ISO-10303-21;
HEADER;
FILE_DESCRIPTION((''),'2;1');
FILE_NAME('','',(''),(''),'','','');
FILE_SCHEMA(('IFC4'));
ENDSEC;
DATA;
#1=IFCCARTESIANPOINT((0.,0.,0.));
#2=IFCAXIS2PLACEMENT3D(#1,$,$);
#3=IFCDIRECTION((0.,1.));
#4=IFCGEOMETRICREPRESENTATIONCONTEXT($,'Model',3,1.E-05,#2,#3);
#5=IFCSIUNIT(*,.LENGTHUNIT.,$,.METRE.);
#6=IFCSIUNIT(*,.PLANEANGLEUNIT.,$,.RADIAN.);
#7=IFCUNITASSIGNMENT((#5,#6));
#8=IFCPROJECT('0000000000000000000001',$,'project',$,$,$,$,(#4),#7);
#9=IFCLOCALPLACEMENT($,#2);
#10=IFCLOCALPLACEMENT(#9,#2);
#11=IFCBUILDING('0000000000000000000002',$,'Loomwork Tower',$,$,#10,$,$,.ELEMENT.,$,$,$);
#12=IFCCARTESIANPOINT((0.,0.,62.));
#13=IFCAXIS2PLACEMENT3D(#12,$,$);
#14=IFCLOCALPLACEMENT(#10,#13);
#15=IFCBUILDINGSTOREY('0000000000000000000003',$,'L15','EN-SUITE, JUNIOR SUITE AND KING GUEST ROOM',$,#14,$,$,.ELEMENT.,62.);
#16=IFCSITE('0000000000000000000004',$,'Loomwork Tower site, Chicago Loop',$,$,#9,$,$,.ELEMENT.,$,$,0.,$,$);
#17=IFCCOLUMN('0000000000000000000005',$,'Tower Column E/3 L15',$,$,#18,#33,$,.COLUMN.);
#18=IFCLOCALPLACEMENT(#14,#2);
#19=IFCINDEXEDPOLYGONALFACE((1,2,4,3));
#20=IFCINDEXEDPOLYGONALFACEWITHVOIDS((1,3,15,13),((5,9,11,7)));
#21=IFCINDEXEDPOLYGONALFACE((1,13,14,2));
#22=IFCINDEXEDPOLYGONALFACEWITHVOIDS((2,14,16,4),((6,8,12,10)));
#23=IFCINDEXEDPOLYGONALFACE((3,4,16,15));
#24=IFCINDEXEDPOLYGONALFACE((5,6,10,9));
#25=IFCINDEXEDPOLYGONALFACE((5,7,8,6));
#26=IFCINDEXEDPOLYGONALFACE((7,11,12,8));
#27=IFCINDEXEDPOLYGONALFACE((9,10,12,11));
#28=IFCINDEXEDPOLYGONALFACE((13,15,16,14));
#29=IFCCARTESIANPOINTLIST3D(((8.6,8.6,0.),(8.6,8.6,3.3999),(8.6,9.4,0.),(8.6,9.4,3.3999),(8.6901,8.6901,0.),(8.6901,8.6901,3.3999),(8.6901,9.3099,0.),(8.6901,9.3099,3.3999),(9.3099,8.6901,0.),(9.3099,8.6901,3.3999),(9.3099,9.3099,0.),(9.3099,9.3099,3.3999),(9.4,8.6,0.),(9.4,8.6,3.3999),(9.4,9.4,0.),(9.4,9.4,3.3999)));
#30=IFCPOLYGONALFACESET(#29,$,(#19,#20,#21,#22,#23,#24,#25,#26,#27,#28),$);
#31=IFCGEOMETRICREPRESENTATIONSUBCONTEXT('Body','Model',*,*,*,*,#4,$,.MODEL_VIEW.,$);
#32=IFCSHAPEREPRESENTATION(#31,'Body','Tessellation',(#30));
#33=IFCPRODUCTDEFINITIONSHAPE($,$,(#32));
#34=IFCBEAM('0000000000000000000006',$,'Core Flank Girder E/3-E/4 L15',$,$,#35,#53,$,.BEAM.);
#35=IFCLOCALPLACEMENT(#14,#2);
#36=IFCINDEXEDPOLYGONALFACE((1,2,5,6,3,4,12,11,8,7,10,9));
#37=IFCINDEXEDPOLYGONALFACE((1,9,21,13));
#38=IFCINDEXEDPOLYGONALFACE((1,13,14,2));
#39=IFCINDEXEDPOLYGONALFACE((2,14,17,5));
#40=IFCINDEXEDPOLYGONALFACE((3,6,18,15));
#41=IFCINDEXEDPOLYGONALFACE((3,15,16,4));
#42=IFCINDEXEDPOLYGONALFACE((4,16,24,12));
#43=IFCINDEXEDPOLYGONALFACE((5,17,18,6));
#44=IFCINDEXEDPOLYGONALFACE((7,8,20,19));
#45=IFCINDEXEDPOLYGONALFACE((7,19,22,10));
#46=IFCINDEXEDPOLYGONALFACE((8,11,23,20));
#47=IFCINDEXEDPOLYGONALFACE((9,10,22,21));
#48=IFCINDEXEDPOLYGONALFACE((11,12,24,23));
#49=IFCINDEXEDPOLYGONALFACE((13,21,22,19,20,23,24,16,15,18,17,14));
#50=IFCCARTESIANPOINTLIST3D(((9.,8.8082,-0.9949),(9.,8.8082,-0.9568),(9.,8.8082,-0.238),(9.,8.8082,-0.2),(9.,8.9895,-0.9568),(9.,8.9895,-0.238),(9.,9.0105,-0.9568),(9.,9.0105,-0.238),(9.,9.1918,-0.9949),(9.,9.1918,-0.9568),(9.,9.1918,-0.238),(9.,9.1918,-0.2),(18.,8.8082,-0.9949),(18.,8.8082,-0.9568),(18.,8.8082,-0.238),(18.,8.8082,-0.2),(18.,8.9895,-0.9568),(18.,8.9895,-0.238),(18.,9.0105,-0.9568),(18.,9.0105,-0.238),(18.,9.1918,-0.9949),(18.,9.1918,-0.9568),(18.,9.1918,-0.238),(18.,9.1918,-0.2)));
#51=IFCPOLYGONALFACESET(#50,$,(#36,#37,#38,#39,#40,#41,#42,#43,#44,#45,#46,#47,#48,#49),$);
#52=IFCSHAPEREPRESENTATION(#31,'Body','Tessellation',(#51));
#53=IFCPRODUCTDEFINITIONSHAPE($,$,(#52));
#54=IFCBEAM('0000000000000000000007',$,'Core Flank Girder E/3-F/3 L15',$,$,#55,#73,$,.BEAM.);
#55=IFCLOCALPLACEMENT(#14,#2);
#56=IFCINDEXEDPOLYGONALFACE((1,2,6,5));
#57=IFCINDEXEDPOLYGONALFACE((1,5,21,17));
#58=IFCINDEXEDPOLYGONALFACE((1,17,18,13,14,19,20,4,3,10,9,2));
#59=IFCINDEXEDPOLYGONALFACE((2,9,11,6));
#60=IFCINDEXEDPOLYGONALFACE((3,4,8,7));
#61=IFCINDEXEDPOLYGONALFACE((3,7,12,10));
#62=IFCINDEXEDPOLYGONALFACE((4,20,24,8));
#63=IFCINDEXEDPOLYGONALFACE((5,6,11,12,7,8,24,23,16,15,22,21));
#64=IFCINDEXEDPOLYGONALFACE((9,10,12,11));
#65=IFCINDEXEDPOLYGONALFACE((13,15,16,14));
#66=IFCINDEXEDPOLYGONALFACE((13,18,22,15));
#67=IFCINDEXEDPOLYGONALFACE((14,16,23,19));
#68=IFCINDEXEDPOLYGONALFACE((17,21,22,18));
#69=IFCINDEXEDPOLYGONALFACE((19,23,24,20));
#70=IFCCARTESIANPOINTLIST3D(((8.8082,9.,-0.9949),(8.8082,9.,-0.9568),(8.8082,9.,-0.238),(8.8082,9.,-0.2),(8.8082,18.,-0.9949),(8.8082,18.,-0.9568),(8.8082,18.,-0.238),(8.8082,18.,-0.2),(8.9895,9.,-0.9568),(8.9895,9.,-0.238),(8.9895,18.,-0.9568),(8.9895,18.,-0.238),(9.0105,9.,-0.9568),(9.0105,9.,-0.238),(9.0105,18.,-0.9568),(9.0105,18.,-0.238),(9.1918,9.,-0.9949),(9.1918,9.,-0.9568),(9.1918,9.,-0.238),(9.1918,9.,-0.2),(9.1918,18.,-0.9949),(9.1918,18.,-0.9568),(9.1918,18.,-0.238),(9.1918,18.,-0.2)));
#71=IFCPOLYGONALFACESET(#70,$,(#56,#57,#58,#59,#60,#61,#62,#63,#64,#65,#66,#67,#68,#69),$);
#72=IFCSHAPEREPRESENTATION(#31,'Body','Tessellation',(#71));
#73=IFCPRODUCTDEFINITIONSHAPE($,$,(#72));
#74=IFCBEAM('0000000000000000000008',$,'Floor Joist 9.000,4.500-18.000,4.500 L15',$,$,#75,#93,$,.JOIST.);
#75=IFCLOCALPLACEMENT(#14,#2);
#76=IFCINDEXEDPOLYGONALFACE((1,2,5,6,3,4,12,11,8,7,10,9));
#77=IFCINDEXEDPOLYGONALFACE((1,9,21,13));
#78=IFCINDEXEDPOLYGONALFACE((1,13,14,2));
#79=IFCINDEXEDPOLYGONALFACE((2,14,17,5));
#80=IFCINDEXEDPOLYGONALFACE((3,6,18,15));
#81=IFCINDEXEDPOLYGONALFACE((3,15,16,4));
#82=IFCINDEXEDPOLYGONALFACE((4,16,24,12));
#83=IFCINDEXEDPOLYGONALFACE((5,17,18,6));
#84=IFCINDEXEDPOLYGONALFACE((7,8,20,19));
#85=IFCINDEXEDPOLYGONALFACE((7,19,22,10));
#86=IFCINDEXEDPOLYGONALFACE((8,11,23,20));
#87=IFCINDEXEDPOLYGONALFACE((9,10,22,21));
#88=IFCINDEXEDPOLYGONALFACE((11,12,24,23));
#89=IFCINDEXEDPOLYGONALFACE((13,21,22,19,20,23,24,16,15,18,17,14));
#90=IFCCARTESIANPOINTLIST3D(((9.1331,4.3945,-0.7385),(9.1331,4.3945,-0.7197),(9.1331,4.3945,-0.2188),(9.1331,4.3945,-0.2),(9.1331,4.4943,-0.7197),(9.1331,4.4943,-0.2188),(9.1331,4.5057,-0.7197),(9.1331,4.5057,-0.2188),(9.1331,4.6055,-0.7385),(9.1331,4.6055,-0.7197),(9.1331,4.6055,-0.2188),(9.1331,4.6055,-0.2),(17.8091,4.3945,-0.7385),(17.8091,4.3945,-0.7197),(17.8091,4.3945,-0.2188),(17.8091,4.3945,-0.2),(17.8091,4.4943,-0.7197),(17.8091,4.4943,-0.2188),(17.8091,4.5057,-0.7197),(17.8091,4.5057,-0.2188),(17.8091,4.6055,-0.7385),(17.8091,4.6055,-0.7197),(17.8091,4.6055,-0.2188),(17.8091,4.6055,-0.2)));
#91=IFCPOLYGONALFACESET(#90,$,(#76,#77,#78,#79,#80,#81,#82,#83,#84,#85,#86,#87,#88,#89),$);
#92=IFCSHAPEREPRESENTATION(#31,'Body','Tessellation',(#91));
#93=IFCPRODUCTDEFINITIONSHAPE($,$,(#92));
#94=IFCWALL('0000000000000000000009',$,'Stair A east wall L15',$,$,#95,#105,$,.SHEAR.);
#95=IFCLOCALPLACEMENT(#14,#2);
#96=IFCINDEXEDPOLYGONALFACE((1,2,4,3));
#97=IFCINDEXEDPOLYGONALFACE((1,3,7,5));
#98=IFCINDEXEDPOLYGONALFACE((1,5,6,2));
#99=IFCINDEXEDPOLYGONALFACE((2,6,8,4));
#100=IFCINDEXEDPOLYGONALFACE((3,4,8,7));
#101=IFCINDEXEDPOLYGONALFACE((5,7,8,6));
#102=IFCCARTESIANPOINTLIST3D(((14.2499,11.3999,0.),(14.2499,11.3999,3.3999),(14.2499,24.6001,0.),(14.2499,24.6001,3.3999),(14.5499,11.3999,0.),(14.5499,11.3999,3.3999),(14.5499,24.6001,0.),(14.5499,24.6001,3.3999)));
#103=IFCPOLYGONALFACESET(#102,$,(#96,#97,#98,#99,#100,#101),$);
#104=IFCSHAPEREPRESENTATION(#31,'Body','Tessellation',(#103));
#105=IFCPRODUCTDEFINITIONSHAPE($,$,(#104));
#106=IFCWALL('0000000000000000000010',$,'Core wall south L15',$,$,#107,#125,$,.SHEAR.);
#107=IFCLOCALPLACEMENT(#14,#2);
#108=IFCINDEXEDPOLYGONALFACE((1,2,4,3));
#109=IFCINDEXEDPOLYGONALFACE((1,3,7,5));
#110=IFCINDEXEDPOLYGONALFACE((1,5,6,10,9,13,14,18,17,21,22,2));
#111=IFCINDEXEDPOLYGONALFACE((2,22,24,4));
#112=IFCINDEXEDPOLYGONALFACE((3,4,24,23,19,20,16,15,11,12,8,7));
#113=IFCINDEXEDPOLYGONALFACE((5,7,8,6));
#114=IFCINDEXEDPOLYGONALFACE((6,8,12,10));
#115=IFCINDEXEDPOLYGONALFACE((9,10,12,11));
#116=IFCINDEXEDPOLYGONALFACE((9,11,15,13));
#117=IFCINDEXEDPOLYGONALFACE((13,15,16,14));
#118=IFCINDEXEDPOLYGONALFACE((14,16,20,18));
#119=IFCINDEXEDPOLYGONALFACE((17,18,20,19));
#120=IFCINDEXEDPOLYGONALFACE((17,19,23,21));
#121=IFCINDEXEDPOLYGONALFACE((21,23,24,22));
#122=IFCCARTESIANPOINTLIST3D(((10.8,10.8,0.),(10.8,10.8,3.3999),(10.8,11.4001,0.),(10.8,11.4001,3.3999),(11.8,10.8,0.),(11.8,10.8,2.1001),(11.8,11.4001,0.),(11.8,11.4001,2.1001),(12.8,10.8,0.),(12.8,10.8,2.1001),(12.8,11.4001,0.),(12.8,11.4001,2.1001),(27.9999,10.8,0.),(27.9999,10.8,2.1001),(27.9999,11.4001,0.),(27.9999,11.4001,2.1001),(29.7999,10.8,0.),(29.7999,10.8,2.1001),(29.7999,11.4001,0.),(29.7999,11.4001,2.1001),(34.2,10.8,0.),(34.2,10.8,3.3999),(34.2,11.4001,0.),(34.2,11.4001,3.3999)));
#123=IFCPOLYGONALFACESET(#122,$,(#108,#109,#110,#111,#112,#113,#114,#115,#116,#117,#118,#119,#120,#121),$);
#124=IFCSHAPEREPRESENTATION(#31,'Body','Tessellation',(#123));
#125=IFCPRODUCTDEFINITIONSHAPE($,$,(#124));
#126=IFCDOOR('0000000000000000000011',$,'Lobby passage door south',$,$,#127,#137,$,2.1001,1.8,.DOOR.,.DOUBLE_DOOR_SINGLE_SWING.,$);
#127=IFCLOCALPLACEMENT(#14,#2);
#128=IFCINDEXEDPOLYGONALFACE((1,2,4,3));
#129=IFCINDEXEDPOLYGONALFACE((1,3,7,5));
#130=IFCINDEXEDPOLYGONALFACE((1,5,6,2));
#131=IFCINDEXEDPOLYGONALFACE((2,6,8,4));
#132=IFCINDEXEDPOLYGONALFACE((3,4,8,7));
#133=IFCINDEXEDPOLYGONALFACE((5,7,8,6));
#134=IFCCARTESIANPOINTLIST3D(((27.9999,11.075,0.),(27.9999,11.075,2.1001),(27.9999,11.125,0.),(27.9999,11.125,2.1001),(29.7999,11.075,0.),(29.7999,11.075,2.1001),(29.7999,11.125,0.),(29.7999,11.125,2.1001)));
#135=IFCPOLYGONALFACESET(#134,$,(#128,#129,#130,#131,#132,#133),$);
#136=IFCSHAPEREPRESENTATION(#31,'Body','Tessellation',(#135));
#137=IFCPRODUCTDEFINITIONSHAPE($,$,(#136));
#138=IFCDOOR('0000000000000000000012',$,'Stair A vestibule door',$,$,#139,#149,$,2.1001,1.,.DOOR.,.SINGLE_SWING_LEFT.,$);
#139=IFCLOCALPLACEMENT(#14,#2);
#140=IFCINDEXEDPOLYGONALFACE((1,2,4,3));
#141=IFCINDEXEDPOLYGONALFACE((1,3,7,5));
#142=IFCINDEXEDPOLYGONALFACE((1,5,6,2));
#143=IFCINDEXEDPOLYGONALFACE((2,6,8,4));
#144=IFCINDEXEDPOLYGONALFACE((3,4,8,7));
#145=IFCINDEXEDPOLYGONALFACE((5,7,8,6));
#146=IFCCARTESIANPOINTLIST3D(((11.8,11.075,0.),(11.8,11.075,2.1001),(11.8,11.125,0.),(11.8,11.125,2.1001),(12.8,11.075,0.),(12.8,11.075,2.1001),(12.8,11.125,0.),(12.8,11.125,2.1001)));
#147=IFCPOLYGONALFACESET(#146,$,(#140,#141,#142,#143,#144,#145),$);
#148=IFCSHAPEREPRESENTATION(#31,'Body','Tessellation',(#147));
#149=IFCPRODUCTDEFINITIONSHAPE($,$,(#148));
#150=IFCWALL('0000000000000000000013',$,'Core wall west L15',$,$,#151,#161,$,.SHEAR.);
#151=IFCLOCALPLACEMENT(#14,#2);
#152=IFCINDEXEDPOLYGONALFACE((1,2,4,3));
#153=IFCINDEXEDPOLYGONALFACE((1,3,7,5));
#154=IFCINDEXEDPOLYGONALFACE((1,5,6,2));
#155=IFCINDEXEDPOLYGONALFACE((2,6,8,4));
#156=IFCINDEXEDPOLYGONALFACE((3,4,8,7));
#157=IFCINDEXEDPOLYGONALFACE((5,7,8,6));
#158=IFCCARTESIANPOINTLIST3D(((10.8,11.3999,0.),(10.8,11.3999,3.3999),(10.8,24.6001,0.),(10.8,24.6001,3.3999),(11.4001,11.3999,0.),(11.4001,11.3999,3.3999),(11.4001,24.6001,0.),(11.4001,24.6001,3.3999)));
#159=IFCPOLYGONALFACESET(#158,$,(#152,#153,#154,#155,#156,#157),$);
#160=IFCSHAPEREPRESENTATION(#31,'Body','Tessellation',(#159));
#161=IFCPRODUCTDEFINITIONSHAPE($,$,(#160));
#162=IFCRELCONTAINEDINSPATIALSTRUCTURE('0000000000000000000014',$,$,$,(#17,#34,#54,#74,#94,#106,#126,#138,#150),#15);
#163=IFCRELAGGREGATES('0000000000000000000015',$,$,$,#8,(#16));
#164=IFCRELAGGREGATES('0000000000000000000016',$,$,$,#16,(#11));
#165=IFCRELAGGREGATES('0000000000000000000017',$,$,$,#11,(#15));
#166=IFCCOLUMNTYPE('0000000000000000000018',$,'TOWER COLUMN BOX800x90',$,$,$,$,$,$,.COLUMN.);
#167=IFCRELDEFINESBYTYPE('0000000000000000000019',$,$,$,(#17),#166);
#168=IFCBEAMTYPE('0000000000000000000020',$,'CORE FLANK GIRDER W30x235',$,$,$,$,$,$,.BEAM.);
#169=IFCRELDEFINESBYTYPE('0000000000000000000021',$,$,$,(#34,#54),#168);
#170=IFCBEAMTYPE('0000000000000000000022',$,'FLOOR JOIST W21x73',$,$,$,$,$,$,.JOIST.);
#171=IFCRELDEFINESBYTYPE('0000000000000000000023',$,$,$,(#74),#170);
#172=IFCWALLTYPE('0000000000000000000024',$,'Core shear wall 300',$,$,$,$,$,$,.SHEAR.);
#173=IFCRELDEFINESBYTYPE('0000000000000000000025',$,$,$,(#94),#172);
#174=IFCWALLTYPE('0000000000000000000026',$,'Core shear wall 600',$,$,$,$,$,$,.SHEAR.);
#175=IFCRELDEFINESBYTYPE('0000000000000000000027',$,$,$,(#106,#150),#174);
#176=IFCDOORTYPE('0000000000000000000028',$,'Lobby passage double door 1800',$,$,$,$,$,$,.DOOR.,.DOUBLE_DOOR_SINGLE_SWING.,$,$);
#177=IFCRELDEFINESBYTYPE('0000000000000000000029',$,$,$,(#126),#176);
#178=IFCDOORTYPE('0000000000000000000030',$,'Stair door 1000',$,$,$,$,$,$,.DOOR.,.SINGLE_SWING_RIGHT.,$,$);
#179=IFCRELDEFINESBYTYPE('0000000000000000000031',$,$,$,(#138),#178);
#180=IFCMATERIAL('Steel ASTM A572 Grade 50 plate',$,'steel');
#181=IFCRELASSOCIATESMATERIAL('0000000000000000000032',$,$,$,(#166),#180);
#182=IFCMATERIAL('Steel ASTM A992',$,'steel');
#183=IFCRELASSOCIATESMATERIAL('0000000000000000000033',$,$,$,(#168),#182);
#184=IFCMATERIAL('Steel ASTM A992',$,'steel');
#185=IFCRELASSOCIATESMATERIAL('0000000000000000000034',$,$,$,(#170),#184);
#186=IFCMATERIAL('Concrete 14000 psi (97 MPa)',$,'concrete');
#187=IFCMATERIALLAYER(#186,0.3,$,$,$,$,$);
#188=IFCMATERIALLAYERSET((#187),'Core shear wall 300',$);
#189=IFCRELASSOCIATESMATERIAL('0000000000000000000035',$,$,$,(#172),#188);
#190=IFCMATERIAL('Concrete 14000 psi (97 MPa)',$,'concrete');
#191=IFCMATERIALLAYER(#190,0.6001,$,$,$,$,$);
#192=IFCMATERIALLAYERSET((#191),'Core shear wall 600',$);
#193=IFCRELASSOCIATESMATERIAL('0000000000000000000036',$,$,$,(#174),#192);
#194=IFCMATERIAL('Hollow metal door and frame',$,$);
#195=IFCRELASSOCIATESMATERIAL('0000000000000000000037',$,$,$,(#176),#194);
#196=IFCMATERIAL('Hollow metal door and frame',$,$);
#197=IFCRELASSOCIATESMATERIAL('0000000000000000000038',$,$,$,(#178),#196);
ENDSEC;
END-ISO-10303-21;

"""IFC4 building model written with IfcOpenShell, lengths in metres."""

from ifc_helpers import new_model, si_unit, direction, frame, frame_2d, origin, origin_2d, place, context, subcontext, project, spatial, rectangle, hollow_rectangle, i_section, extrude, material, layer, layer_set, material_profile, profile_set, type_object, element, fill, save


model = new_model("IFC4")

# Units and contexts
model_context = context("Model", 3, precision=1e-05, world=origin(), true_north=direction((0.0, 1.0)))
body_context = subcontext(model_context, "Body", "Model", "MODEL_VIEW")
ifc_project = project(units=[si_unit("LENGTHUNIT", "METRE"), si_unit("PLANEANGLEUNIT", "RADIAN")], contexts=[model_context])

# Site, building, storey
site_placement = place(None, origin())
site = spatial("IfcSite", under=ifc_project, at=site_placement, Name="Loomwork Tower site, Chicago Loop", CompositionType="ELEMENT", RefElevation=0.0)
building_placement = place(site_placement, origin())
building = spatial("IfcBuilding", under=site, at=building_placement, Name="Loomwork Tower", CompositionType="ELEMENT")
storey_placement = place(building_placement, frame((0.0, 0.0, 62.0)))
storey = spatial("IfcBuildingStorey", under=building, at=storey_placement, Name="L15", Description="EN-SUITE, JUNIOR SUITE AND KING GUEST ROOM", CompositionType="ELEMENT", Elevation=62.0)

# Column
ifc_material_1 = material(Name="Steel ASTM A572 Grade 50 plate", Category="steel")
ifc_material_profile_1 = material_profile(ifc_material_1, hollow_rectangle(XDim=0.8, YDim=0.8, WallThickness=0.0901, at=origin_2d()), Name="BOX800x90")
ifc_profile_set_1 = profile_set([ifc_material_profile_1], Name="Steel ASTM A572 Grade 50 plate")
column_type = type_object("IfcColumnType", Name="TOWER COLUMN BOX800x90", PredefinedType="COLUMN", material=ifc_profile_set_1)
column_placement = place(storey_placement, frame((9.0, 9.0, 0.0), z_axis=(0.0, 0.0, 1.0), x_axis=(1.0, 0.0, 0.0)))
element("IfcColumn", 1, at=column_placement, inside=storey, type_object=column_type, Name="Tower Column E/3 L15", PredefinedType="COLUMN", context=body_context, shape_type="SweptSolid", body=[
    extrude(hollow_rectangle(XDim=0.8, YDim=0.8, WallThickness=0.0901, at=origin_2d()), origin(), (0.0, 0.0, 1.0), 3.3999),
])

# Beams
ifc_material_2 = material(Name="Steel ASTM A992", Category="steel")
ifc_material_profile_2 = material_profile(ifc_material_2, i_section(OverallWidth=0.3835, OverallDepth=0.7949, WebThickness=0.021, FlangeThickness=0.0381, at=origin_2d()), Name="W30x235")
ifc_profile_set_2 = profile_set([ifc_material_profile_2], Name="Steel ASTM A992")
beam_type_1 = type_object("IfcBeamType", Name="CORE FLANK GIRDER W30x235", PredefinedType="BEAM", material=ifc_profile_set_2)
for number, where, z_axis, x_axis, name in (
    (2, (9.0, 9.0, -0.5974), (1.0, 0.0, 0.0), (0.0, 1.0, 0.0), "Core Flank Girder E/3-E/4 L15"),
    (3, (9.0, 9.0, -0.5974), (0.0, 1.0, 0.0), (-1.0, 0.0, 0.0), "Core Flank Girder E/3-F/3 L15"),
):
    element("IfcBeam", number, at=place(storey_placement, frame(where, z_axis=z_axis, x_axis=x_axis)), inside=storey, type_object=beam_type_1, Name=name, PredefinedType="BEAM", context=body_context, shape_type="SweptSolid", body=[
        extrude(i_section(OverallWidth=0.3835, OverallDepth=0.7949, WebThickness=0.021, FlangeThickness=0.0381, at=origin_2d()), origin(), (0.0, 0.0, 1.0), 9.0),
    ])
ifc_material_3 = material(Name="Steel ASTM A992", Category="steel")
ifc_material_profile_3 = material_profile(ifc_material_3, i_section(OverallWidth=0.2109, OverallDepth=0.5386, WebThickness=0.0115, FlangeThickness=0.0188, at=origin_2d()), Name="W21x73")
ifc_profile_set_3 = profile_set([ifc_material_profile_3], Name="Steel ASTM A992")
beam_type_2 = type_object("IfcBeamType", Name="FLOOR JOIST W21x73", PredefinedType="JOIST", material=ifc_profile_set_3)
beam_placement = place(storey_placement, frame((9.1331, 4.5, -0.4692), z_axis=(1.0, 0.0, 0.0), x_axis=(0.0, 1.0, 0.0)))
element("IfcBeam", 4, at=beam_placement, inside=storey, type_object=beam_type_2, Name="Floor Joist 9.000,4.500-18.000,4.500 L15", PredefinedType="JOIST", context=body_context, shape_type="SweptSolid", body=[
    extrude(i_section(OverallWidth=0.2109, OverallDepth=0.5386, WebThickness=0.0115, FlangeThickness=0.0188, at=origin_2d()), origin(), (0.0, 0.0, 1.0), 8.676),
])

# Wall
ifc_material_4 = material(Name="Concrete 14000 psi (97 MPa)", Category="concrete")
ifc_layer_1 = layer(ifc_material_4, 0.3)
ifc_layer_set_1 = layer_set([ifc_layer_1], Name="Core shear wall 300")
wall_type_1 = type_object("IfcWallType", Name="Core shear wall 300", PredefinedType="SHEAR", material=ifc_layer_set_1)
wall_1_placement = place(storey_placement, frame((14.3999, 11.3999, 0.0), z_axis=(0.0, 0.0, 1.0), x_axis=(0.0, 1.0, 0.0)))
element("IfcWall", 5, at=wall_1_placement, inside=storey, type_object=wall_type_1, Name="Stair A east wall L15", PredefinedType="SHEAR", context=body_context, shape_type="SweptSolid", body=[
    extrude(rectangle(XDim=13.2002, YDim=0.3, at=frame_2d((6.6001, 0.0))), origin(), (0.0, 0.0, 1.0), 3.3999),
])

# Wall, openings, doors
ifc_material_5 = material(Name="Concrete 14000 psi (97 MPa)", Category="concrete")
ifc_layer_2 = layer(ifc_material_5, 0.6001)
ifc_layer_set_2 = layer_set([ifc_layer_2], Name="Core shear wall 600")
wall_type_2 = type_object("IfcWallType", Name="Core shear wall 600", PredefinedType="SHEAR", material=ifc_layer_set_2)
wall_2_placement = place(storey_placement, frame((10.8, 11.1001, 0.0), z_axis=(0.0, 0.0, 1.0), x_axis=(1.0, 0.0, 0.0)))
wall_2 = element("IfcWall", 6, at=wall_2_placement, inside=storey, type_object=wall_type_2, Name="Core wall south L15", PredefinedType="SHEAR", context=body_context, shape_type="SweptSolid", body=[
    extrude(rectangle(XDim=23.3999, YDim=0.6001, at=frame_2d((11.7, 0.0))), origin(), (0.0, 0.0, 1.0), 3.3999),
])
opening_1_placement = place(wall_2_placement, frame((1.0, 0.0, 0.0)))
opening_1 = element("IfcOpeningElement", 7, at=opening_1_placement, cuts=wall_2, PredefinedType="OPENING", context=body_context, shape_type="SweptSolid", body=[
    extrude(rectangle(XDim=1.0, YDim=2.1001, at=frame_2d((0.5, 1.05))), frame((0.0, 0.3101, 0.0), z_axis=(0.0, -1.0, 0.0), x_axis=(1.0, 0.0, 0.0)), (0.0, 0.0, 1.0), 0.6201),
])
opening_2_placement = place(wall_2_placement, frame((17.2, 0.0, 0.0)))
opening_2 = element("IfcOpeningElement", 8, at=opening_2_placement, cuts=wall_2, PredefinedType="OPENING", context=body_context, shape_type="SweptSolid", body=[
    extrude(rectangle(XDim=1.8, YDim=2.1001, at=frame_2d((0.8999, 1.05))), frame((0.0, 0.3101, 0.0), z_axis=(0.0, -1.0, 0.0), x_axis=(1.0, 0.0, 0.0)), (0.0, 0.0, 1.0), 0.6201),
])
ifc_material_6 = material(Name="Hollow metal door and frame")
door_type_1 = type_object("IfcDoorType", Name="Lobby passage double door 1800", OperationType="DOUBLE_DOOR_SINGLE_SWING", PredefinedType="DOOR", material=ifc_material_6)
door_1_placement = place(opening_2_placement, origin())
door_1 = element("IfcDoor", 9, at=door_1_placement, inside=storey, type_object=door_type_1, Name="Lobby passage door south", OperationType="DOUBLE_DOOR_SINGLE_SWING", OverallHeight=2.1001, OverallWidth=1.8, PredefinedType="DOOR", context=body_context, shape_type="SweptSolid", body=[
    extrude(rectangle(XDim=1.8, YDim=2.1001, at=frame_2d((0.8999, 1.05))), frame((0.0, 0.0249, 0.0), z_axis=(0.0, -1.0, 0.0), x_axis=(1.0, 0.0, 0.0)), (0.0, 0.0, 1.0), 0.05),
])
fill(opening_2, door_1)
ifc_material_7 = material(Name="Hollow metal door and frame")
door_type_2 = type_object("IfcDoorType", Name="Stair door 1000", OperationType="SINGLE_SWING_RIGHT", PredefinedType="DOOR", material=ifc_material_7)
door_2_placement = place(opening_1_placement, origin())
door_2 = element("IfcDoor", 10, at=door_2_placement, inside=storey, type_object=door_type_2, Name="Stair A vestibule door", OperationType="SINGLE_SWING_LEFT", OverallHeight=2.1001, OverallWidth=1.0, PredefinedType="DOOR", context=body_context, shape_type="SweptSolid", body=[
    extrude(rectangle(XDim=1.0, YDim=2.1001, at=frame_2d((0.5, 1.05))), frame((0.0, 0.0249, 0.0), z_axis=(0.0, -1.0, 0.0), x_axis=(1.0, 0.0, 0.0)), (0.0, 0.0, 1.0), 0.05),
])
fill(opening_1, door_2)

# Wall
wall_3_placement = place(storey_placement, frame((11.1001, 11.3999, 0.0), z_axis=(0.0, 0.0, 1.0), x_axis=(0.0, 1.0, 0.0)))
element("IfcWall", 11, at=wall_3_placement, inside=storey, type_object=wall_type_2, Name="Core wall west L15", PredefinedType="SHEAR", context=body_context, shape_type="SweptSolid", body=[
    extrude(rectangle(XDim=13.2002, YDim=0.6001, at=frame_2d((6.6001, 0.0))), origin(), (0.0, 0.0, 1.0), 3.3999),
])

save(model, "model.ifc")
